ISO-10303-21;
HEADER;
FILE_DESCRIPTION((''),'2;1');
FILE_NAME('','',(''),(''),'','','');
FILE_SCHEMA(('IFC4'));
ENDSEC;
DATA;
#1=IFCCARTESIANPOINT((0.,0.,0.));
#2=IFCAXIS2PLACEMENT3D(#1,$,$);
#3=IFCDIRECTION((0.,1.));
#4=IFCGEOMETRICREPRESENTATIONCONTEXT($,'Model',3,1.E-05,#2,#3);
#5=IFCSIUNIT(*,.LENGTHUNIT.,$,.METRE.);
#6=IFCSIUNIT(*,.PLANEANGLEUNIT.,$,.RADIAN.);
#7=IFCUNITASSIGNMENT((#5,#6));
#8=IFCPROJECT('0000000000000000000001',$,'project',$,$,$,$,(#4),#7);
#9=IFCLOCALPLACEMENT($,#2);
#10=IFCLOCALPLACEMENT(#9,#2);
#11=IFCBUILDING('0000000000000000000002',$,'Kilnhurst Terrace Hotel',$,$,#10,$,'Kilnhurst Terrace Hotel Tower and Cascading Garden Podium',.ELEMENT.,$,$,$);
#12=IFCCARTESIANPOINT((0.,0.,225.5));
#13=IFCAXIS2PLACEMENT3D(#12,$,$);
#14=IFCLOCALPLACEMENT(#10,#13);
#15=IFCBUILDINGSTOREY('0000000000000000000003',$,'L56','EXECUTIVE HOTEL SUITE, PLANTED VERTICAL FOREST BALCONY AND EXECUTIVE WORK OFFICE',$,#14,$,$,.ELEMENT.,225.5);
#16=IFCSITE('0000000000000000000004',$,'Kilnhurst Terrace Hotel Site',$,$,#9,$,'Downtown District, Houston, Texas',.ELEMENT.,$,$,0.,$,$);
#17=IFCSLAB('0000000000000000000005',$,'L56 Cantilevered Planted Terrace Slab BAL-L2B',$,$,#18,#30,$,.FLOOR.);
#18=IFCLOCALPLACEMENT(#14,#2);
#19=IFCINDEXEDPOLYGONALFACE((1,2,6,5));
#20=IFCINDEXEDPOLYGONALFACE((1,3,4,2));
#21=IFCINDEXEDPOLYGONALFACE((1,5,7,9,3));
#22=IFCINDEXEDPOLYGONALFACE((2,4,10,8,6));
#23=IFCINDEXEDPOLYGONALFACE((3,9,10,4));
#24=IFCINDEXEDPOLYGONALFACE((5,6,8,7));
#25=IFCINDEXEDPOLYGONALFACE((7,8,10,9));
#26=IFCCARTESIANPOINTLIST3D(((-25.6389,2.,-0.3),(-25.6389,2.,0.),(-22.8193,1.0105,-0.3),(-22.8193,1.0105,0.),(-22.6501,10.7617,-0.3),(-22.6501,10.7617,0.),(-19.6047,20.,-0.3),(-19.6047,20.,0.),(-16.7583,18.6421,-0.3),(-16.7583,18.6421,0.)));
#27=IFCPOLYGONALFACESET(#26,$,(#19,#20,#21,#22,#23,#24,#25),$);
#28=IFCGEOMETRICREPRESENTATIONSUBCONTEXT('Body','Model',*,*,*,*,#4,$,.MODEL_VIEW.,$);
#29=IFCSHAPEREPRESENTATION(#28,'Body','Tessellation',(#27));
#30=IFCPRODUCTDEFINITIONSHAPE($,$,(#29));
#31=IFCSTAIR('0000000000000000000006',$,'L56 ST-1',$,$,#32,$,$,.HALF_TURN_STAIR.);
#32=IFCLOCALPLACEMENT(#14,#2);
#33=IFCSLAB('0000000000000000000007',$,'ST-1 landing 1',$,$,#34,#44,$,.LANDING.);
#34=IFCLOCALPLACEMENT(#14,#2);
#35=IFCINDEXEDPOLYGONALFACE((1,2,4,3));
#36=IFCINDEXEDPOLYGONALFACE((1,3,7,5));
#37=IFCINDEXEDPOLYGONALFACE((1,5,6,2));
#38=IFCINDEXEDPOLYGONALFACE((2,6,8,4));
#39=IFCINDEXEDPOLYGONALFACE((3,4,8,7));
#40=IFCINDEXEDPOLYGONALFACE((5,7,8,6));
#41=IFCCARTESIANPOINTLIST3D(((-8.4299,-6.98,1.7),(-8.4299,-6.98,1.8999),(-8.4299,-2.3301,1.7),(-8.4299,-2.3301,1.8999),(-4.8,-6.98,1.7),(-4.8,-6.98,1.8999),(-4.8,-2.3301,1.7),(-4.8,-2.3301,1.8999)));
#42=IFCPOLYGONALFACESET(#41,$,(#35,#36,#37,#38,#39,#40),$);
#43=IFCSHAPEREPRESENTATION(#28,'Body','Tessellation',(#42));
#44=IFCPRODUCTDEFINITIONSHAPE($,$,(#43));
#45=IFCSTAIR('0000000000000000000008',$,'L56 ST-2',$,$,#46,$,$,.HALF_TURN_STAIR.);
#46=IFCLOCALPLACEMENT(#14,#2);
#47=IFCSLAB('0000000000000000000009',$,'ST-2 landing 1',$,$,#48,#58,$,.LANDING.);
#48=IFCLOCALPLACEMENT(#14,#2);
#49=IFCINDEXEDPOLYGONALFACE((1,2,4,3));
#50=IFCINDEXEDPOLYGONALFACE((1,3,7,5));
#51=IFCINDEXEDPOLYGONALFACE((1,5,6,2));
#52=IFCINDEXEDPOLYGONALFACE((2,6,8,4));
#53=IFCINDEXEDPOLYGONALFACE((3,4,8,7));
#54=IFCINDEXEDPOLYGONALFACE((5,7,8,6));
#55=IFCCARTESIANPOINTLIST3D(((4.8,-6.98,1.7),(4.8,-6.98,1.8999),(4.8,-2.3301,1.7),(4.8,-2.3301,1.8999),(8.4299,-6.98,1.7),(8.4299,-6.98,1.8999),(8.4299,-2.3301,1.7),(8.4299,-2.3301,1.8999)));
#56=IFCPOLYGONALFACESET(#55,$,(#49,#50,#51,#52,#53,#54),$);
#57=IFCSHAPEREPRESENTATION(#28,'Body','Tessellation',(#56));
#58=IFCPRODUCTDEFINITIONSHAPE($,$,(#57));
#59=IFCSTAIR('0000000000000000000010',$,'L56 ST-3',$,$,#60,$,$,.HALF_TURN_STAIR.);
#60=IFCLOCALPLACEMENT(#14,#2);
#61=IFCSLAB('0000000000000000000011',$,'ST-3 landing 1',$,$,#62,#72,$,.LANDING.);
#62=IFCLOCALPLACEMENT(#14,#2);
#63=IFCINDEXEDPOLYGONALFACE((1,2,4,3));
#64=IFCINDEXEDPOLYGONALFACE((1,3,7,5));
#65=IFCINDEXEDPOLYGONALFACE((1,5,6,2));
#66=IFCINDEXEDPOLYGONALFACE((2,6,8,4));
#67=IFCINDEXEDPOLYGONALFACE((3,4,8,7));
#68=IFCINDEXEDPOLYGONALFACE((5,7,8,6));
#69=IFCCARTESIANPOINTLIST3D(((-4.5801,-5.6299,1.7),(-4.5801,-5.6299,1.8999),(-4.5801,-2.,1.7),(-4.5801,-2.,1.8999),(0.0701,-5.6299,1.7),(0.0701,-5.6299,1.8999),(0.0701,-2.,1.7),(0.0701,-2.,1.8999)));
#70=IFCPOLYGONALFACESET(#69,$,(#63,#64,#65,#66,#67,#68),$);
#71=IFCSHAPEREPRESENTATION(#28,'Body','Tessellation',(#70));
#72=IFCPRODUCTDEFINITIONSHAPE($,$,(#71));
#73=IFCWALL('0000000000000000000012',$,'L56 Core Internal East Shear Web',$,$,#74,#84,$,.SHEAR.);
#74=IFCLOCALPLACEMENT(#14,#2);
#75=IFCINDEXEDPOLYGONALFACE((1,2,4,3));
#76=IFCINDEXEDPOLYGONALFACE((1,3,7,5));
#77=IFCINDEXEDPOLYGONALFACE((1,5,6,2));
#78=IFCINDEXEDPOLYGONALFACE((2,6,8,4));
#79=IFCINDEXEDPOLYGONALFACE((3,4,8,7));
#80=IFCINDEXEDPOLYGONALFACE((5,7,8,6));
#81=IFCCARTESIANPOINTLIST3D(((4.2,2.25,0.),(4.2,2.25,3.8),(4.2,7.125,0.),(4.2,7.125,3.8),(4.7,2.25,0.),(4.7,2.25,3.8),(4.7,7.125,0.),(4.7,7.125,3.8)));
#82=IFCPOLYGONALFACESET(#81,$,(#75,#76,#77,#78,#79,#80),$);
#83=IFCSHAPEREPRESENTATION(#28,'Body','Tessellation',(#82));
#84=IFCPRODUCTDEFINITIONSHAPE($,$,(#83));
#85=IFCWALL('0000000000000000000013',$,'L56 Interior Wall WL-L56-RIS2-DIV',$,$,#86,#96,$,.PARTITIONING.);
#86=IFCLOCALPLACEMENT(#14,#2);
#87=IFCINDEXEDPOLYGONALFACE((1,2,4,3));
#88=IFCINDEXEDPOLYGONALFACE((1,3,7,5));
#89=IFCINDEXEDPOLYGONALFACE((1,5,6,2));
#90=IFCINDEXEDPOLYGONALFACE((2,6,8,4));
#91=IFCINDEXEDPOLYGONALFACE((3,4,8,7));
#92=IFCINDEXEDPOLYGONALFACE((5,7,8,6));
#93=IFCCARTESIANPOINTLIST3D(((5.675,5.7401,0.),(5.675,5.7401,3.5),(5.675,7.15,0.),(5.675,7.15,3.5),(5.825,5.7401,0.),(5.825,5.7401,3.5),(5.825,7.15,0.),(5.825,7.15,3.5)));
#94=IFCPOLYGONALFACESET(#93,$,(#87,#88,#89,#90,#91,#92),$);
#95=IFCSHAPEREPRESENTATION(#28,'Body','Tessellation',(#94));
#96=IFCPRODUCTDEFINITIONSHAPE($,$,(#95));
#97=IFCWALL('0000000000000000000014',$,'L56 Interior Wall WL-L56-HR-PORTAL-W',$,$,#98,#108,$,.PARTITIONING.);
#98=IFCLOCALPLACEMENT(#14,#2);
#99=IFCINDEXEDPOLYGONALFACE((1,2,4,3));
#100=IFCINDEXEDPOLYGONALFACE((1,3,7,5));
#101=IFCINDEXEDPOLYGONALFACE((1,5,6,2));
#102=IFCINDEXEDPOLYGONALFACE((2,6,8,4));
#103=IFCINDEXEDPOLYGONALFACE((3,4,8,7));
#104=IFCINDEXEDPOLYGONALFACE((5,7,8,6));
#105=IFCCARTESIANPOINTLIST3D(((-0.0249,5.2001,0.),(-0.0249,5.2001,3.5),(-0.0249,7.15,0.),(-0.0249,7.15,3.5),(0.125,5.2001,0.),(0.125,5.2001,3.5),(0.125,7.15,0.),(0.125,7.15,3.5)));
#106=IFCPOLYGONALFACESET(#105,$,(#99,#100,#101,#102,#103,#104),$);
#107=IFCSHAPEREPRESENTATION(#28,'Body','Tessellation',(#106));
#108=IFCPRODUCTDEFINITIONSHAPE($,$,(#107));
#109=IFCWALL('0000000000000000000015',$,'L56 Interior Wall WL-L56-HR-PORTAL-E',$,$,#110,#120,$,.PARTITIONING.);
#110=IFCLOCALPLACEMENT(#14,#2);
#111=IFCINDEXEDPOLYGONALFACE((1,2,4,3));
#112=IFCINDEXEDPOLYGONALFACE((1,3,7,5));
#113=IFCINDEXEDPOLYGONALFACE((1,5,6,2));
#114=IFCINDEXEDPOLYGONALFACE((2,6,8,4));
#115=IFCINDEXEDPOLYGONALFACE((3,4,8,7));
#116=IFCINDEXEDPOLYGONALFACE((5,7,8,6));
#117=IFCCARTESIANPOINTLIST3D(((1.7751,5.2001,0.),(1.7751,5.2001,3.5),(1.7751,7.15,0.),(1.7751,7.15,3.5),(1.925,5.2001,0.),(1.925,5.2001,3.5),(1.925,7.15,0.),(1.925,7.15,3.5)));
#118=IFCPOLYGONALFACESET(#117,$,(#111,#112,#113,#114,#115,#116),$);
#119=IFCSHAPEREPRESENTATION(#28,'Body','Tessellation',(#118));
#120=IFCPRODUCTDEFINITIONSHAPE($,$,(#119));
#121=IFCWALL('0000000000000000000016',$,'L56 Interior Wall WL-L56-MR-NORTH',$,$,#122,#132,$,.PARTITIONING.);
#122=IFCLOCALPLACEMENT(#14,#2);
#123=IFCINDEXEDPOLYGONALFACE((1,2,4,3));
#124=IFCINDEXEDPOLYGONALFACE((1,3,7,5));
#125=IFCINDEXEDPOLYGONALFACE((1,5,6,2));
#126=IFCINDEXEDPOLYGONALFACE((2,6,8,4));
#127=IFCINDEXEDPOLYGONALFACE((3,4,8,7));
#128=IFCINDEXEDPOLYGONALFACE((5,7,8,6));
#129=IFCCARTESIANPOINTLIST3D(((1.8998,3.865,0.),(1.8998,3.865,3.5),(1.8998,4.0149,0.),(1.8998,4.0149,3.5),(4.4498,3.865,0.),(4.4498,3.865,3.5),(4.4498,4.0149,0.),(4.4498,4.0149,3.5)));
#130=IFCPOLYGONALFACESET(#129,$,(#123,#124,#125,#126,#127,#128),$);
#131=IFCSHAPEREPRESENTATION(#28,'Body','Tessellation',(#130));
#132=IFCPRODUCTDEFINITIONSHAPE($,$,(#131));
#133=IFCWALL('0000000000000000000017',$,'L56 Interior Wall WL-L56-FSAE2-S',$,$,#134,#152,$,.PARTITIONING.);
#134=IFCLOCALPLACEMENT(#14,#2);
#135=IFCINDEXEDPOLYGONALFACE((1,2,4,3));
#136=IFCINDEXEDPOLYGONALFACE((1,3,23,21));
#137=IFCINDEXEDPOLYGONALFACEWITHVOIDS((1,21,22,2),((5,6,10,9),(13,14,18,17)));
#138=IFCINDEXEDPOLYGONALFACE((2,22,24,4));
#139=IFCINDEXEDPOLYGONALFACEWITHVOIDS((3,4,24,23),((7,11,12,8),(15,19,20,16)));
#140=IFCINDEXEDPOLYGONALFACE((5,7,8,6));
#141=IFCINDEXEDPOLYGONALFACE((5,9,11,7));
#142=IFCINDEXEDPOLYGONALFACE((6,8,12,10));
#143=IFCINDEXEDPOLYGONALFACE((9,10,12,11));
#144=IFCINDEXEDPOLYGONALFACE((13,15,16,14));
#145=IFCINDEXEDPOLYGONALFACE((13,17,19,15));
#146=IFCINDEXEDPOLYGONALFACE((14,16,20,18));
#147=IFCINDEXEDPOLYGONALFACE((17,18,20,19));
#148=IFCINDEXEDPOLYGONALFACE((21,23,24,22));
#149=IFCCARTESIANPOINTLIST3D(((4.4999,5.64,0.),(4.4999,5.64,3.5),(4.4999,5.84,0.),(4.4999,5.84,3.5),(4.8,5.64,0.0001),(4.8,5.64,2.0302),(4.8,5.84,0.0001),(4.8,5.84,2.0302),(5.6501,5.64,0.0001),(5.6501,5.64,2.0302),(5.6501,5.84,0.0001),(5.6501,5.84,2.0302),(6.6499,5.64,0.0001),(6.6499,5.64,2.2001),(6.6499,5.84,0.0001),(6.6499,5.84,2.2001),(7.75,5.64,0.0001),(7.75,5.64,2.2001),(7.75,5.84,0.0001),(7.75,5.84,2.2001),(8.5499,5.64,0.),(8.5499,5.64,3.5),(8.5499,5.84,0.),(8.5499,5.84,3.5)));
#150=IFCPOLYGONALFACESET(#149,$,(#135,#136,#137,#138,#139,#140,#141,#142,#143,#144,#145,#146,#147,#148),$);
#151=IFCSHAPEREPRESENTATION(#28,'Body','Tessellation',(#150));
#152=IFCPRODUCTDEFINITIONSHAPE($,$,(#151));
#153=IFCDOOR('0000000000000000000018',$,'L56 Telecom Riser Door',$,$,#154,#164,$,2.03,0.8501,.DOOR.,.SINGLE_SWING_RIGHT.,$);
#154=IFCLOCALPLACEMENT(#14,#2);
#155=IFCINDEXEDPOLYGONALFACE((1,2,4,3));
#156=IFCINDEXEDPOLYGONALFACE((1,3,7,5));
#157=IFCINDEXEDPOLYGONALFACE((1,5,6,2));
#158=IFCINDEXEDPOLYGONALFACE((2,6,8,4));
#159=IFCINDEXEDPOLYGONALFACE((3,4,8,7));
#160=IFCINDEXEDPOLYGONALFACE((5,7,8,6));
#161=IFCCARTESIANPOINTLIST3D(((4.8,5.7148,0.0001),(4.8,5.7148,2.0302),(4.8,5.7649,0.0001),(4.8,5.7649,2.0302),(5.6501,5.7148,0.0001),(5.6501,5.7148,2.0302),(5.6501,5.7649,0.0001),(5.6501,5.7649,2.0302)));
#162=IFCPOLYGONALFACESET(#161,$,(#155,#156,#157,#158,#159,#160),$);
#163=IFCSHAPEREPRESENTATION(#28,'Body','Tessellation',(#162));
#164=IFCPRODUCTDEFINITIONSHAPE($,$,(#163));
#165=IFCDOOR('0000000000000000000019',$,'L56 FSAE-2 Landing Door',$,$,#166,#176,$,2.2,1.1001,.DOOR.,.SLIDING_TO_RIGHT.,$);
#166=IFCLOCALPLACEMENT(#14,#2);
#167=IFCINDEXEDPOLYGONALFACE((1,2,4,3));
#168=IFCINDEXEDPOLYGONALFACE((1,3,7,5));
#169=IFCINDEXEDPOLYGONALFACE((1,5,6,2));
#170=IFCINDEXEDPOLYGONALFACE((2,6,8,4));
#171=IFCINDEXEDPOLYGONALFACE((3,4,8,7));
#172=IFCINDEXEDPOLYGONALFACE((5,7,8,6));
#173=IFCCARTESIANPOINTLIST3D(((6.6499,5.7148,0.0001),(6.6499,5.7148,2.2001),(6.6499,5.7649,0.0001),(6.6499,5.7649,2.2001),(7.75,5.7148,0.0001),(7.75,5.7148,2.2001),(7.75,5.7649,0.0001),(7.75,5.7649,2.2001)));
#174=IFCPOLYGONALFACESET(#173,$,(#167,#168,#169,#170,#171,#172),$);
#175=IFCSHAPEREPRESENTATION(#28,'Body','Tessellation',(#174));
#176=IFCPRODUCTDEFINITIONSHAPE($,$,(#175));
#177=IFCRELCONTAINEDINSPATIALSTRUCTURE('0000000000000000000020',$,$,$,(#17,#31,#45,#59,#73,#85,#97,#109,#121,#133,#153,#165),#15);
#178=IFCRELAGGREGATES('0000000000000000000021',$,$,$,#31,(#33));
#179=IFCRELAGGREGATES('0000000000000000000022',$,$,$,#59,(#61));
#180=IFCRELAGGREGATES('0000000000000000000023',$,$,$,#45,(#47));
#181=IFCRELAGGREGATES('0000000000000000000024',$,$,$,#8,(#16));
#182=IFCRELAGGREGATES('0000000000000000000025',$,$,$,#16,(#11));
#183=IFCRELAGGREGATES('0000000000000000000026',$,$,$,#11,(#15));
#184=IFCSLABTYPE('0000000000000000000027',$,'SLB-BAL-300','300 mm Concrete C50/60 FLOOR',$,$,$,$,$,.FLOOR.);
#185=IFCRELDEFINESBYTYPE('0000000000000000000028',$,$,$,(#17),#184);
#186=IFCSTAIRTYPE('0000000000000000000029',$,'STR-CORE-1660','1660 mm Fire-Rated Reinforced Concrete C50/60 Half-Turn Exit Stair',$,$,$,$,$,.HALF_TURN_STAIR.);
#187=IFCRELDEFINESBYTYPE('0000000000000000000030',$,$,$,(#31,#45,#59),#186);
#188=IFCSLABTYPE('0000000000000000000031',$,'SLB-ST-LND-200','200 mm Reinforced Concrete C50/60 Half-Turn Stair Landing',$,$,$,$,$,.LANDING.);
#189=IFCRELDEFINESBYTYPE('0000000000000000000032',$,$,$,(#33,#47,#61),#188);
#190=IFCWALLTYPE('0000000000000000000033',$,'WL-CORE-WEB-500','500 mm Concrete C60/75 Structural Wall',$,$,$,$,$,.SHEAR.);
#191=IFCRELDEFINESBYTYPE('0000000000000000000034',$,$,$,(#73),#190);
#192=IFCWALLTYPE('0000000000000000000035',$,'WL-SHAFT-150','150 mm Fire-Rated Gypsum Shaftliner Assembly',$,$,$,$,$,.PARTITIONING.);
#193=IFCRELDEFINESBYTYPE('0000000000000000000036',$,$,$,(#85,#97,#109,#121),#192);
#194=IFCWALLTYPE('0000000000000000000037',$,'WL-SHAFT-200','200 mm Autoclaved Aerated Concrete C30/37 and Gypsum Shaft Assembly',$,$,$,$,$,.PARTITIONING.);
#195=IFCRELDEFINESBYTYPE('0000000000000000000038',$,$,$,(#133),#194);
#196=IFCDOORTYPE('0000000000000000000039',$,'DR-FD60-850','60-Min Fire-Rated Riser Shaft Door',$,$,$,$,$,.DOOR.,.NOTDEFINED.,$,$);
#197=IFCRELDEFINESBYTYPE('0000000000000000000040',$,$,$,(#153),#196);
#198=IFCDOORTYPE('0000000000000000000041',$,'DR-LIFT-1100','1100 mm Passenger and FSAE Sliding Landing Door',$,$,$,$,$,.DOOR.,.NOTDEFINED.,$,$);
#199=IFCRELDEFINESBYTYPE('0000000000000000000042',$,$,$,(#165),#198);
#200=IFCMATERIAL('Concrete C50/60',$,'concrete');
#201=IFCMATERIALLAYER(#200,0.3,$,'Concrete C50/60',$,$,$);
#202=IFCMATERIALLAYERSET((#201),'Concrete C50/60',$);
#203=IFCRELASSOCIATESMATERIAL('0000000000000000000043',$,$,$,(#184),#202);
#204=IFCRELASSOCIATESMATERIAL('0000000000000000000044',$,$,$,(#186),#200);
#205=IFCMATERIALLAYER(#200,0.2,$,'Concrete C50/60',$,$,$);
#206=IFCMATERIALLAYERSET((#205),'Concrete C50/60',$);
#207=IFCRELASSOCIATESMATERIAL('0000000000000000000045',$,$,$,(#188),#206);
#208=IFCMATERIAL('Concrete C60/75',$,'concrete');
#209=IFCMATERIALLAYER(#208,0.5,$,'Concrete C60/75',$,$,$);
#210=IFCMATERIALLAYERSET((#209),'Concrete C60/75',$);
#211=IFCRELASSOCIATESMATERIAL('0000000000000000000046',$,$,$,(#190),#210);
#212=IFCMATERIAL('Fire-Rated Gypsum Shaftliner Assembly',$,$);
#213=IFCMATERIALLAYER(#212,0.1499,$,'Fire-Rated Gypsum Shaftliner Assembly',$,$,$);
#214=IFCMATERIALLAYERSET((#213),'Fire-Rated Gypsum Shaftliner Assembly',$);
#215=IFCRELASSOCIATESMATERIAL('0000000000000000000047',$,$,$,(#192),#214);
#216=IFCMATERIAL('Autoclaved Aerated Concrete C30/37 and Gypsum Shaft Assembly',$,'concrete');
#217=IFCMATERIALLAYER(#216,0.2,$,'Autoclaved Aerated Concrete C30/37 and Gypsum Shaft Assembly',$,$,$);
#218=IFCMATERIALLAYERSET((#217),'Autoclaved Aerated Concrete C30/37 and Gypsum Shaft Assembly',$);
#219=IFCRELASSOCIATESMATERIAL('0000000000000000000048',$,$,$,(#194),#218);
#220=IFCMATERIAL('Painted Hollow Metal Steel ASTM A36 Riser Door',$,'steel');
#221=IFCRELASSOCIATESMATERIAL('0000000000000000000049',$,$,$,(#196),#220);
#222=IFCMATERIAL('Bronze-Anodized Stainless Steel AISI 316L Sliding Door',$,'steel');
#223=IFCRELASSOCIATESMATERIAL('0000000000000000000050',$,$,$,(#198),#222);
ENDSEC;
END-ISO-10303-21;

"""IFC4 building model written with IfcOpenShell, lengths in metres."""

from ifc_helpers import new_model, si_unit, direction, frame, frame_2d, origin, place, context, subcontext, project, spatial, polyline, rectangle, outline, extrude, material, layer, layer_set, type_object, element, fill, aggregate, save


model = new_model("IFC4")

# Units and contexts
model_context = context("Model", 3, precision=1e-05, world=origin(), true_north=direction((0.0, 1.0)))
body_context = subcontext(model_context, "Body", "Model", "MODEL_VIEW")
ifc_project = project(units=[si_unit("LENGTHUNIT", "METRE"), si_unit("PLANEANGLEUNIT", "RADIAN")], contexts=[model_context])

# Site, building, storey
site_placement = place(None, origin())
site = spatial("IfcSite", under=ifc_project, at=site_placement, Name="Kilnhurst Terrace Hotel Site", LongName="Downtown District, Houston, Texas", CompositionType="ELEMENT", RefElevation=0.0)
building_placement = place(site_placement, origin())
building = spatial("IfcBuilding", under=site, at=building_placement, Name="Kilnhurst Terrace Hotel", LongName="Kilnhurst Terrace Hotel Tower and Cascading Garden Podium", CompositionType="ELEMENT")
storey_placement = place(building_placement, frame((0.0, 0.0, 225.5)))
storey = spatial("IfcBuildingStorey", under=building, at=storey_placement, Name="L56", Description="EXECUTIVE HOTEL SUITE, PLANTED VERTICAL FOREST BALCONY AND EXECUTIVE WORK OFFICE", CompositionType="ELEMENT", Elevation=225.5)

# Slab
ifc_material_1 = material(Name="Concrete C50/60", Category="concrete")
ifc_layer_1 = layer(ifc_material_1, 0.3, Name="Concrete C50/60")
ifc_layer_set_1 = layer_set([ifc_layer_1], Name="Concrete C50/60")
slab_type_1 = type_object("IfcSlabType", Name="SLB-BAL-300", Description="300 mm Concrete C50/60 FLOOR", PredefinedType="FLOOR", material=ifc_layer_set_1)
slab_1_placement = place(storey_placement, frame((0.0, 0.0, -0.3)))
element("IfcSlab", 1, at=slab_1_placement, inside=storey, type_object=slab_type_1, Name="L56 Cantilevered Planted Terrace Slab BAL-L2B", PredefinedType="FLOOR", context=body_context, shape_type="SweptSolid", body=[
    extrude(outline(polyline([(-19.6047, 20.0), (-16.7583, 18.6421), (-22.8193, 1.0105), (-25.6389, 2.0), (-22.6501, 10.7617), (-19.6047, 20.0)])), origin(), (0.0, 0.0, 1.0), 0.3),
])

# Stairs, slabs
stair_type = type_object("IfcStairType", Name="STR-CORE-1660", Description="1660 mm Fire-Rated Reinforced Concrete C50/60 Half-Turn Exit Stair", PredefinedType="HALF_TURN_STAIR", material=ifc_material_1)
stair_1_placement = place(storey_placement, origin())
stair_1 = element("IfcStair", 2, at=stair_1_placement, inside=storey, type_object=stair_type, Name="L56 ST-1", PredefinedType="HALF_TURN_STAIR")
ifc_layer_2 = layer(ifc_material_1, 0.2, Name="Concrete C50/60")
ifc_layer_set_2 = layer_set([ifc_layer_2], Name="Concrete C50/60")
slab_type_2 = type_object("IfcSlabType", Name="SLB-ST-LND-200", Description="200 mm Reinforced Concrete C50/60 Half-Turn Stair Landing", PredefinedType="LANDING", material=ifc_layer_set_2)
slab_2_placement = place(storey_placement, frame((0.0, 0.0, 1.7)))
slab_2 = element("IfcSlab", 3, at=slab_2_placement, type_object=slab_type_2, Name="ST-1 landing 1", PredefinedType="LANDING", context=body_context, shape_type="SweptSolid", body=[
    extrude(outline(polyline([(-8.4299, -2.3301), (-4.8, -2.3301), (-4.8, -6.98), (-8.4299, -6.98), (-8.4299, -2.3301)])), origin(), (0.0, 0.0, 1.0), 0.2),
])
aggregate(stair_1, [slab_2])
stair_2_placement = place(storey_placement, origin())
stair_2 = element("IfcStair", 4, at=stair_2_placement, inside=storey, type_object=stair_type, Name="L56 ST-2", PredefinedType="HALF_TURN_STAIR")
slab_3_placement = place(storey_placement, frame((0.0, 0.0, 1.7)))
slab_3 = element("IfcSlab", 5, at=slab_3_placement, type_object=slab_type_2, Name="ST-2 landing 1", PredefinedType="LANDING", context=body_context, shape_type="SweptSolid", body=[
    extrude(outline(polyline([(4.8, -2.3301), (8.4299, -2.3301), (8.4299, -6.98), (4.8, -6.98), (4.8, -2.3301)])), origin(), (0.0, 0.0, 1.0), 0.2),
])
stair_3_placement = place(storey_placement, origin())
stair_3 = element("IfcStair", 6, at=stair_3_placement, inside=storey, type_object=stair_type, Name="L56 ST-3", PredefinedType="HALF_TURN_STAIR")
slab_4_placement = place(storey_placement, frame((0.0, 0.0, 1.7)))
slab_4 = element("IfcSlab", 7, at=slab_4_placement, type_object=slab_type_2, Name="ST-3 landing 1", PredefinedType="LANDING", context=body_context, shape_type="SweptSolid", body=[
    extrude(outline(polyline([(0.0701, -2.0), (0.0701, -5.6299), (-4.5801, -5.6299), (-4.5801, -2.0), (0.0701, -2.0)])), origin(), (0.0, 0.0, 1.0), 0.2),
])
aggregate(stair_3, [slab_4])

# Walls
ifc_material_2 = material(Name="Concrete C60/75", Category="concrete")
ifc_layer_3 = layer(ifc_material_2, 0.5, Name="Concrete C60/75")
ifc_layer_set_3 = layer_set([ifc_layer_3], Name="Concrete C60/75")
wall_type_1 = type_object("IfcWallType", Name="WL-CORE-WEB-500", Description="500 mm Concrete C60/75 Structural Wall", PredefinedType="SHEAR", material=ifc_layer_set_3)
wall_1_placement = place(storey_placement, frame((4.45, 2.25, 0.0), z_axis=(0.0, 0.0, 1.0), x_axis=(0.0, 1.0, 0.0)))
element("IfcWall", 8, at=wall_1_placement, inside=storey, type_object=wall_type_1, Name="L56 Core Internal East Shear Web", PredefinedType="SHEAR", context=body_context, shape_type="SweptSolid", body=[
    extrude(rectangle(XDim=4.875, YDim=0.5, at=frame_2d((2.4375, 0.0))), origin(), (0.0, 0.0, 1.0), 3.8),
])
ifc_material_3 = material(Name="Fire-Rated Gypsum Shaftliner Assembly")
ifc_layer_4 = layer(ifc_material_3, 0.1499, Name="Fire-Rated Gypsum Shaftliner Assembly")
ifc_layer_set_4 = layer_set([ifc_layer_4], Name="Fire-Rated Gypsum Shaftliner Assembly")
wall_type_2 = type_object("IfcWallType", Name="WL-SHAFT-150", Description="150 mm Fire-Rated Gypsum Shaftliner Assembly", PredefinedType="PARTITIONING", material=ifc_layer_set_4)
wall_2_placement = place(storey_placement, frame((5.75, 5.74, 0.0), z_axis=(0.0, 0.0, 1.0), x_axis=(0.0, 1.0, 0.0)))
element("IfcWall", 9, at=wall_2_placement, inside=storey, type_object=wall_type_2, Name="L56 Interior Wall WL-L56-RIS2-DIV", PredefinedType="PARTITIONING", context=body_context, shape_type="SweptSolid", body=[
    extrude(rectangle(XDim=1.4099, YDim=0.1499, at=frame_2d((0.7051, 0.0))), origin(), (0.0, 0.0, 1.0), 3.5),
])
for number, where, z_axis, x_axis, name in (
    (10, (0.05, 5.2, 0.0), (0.0, 0.0, 1.0), (0.0, 1.0, 0.0), "L56 Interior Wall WL-L56-HR-PORTAL-W"),
    (11, (1.8501, 5.2, 0.0), (0.0, 0.0, 1.0), (0.0, 1.0, 0.0), "L56 Interior Wall WL-L56-HR-PORTAL-E"),
):
    element("IfcWall", number, at=place(storey_placement, frame(where, z_axis=z_axis, x_axis=x_axis)), inside=storey, type_object=wall_type_2, Name=name, PredefinedType="PARTITIONING", context=body_context, shape_type="SweptSolid", body=[
        extrude(rectangle(XDim=1.95, YDim=0.1499, at=frame_2d((0.9751, 0.0))), origin(), (0.0, 0.0, 1.0), 3.5),
    ])
wall_3_placement = place(storey_placement, frame((1.8999, 3.9399, 0.0), z_axis=(0.0, 0.0, 1.0), x_axis=(1.0, 0.0, 0.0)))
element("IfcWall", 12, at=wall_3_placement, inside=storey, type_object=wall_type_2, Name="L56 Interior Wall WL-L56-MR-NORTH", PredefinedType="PARTITIONING", context=body_context, shape_type="SweptSolid", body=[
    extrude(rectangle(XDim=2.55, YDim=0.1499, at=frame_2d((1.2749, 0.0))), origin(), (0.0, 0.0, 1.0), 3.5),
])

# Wall, openings, doors
ifc_material_4 = material(Name="Autoclaved Aerated Concrete C30/37 and Gypsum Shaft Assembly", Category="concrete")
ifc_layer_5 = layer(ifc_material_4, 0.2, Name="Autoclaved Aerated Concrete C30/37 and Gypsum Shaft Assembly")
ifc_layer_set_5 = layer_set([ifc_layer_5], Name="Autoclaved Aerated Concrete C30/37 and Gypsum Shaft Assembly")
wall_type_3 = type_object("IfcWallType", Name="WL-SHAFT-200", Description="200 mm Autoclaved Aerated Concrete C30/37 and Gypsum Shaft Assembly", PredefinedType="PARTITIONING", material=ifc_layer_set_5)
wall_4_placement = place(storey_placement, frame((4.5, 5.74, 0.0), z_axis=(0.0, 0.0, 1.0), x_axis=(1.0, 0.0, 0.0)))
wall_4 = element("IfcWall", 13, at=wall_4_placement, inside=storey, type_object=wall_type_3, Name="L56 Interior Wall WL-L56-FSAE2-S", PredefinedType="PARTITIONING", context=body_context, shape_type="SweptSolid", body=[
    extrude(rectangle(XDim=4.05, YDim=0.2, at=frame_2d((2.0249, 0.0))), origin(), (0.0, 0.0, 1.0), 3.5),
])
opening_1_placement = place(wall_4_placement, frame((0.3, 0.0, 0.0)))
opening_1 = element("IfcOpeningElement", 14, at=opening_1_placement, cuts=wall_4, PredefinedType="OPENING", context=body_context, shape_type="SweptSolid", body=[
    extrude(rectangle(XDim=0.8501, YDim=2.03, at=frame_2d((0.425, 1.0151))), frame((0.0, 0.1099, 0.0), z_axis=(0.0, -1.0, 0.0), x_axis=(1.0, 0.0, 0.0)), (0.0, 0.0, 1.0), 0.22),
])
opening_2_placement = place(wall_4_placement, frame((2.1499, 0.0, 0.0)))
opening_2 = element("IfcOpeningElement", 15, at=opening_2_placement, cuts=wall_4, PredefinedType="OPENING", context=body_context, shape_type="SweptSolid", body=[
    extrude(rectangle(XDim=1.1001, YDim=2.2, at=frame_2d((0.55, 1.1001))), frame((0.0, 0.1099, 0.0), z_axis=(0.0, -1.0, 0.0), x_axis=(1.0, 0.0, 0.0)), (0.0, 0.0, 1.0), 0.22),
])
ifc_material_5 = material(Name="Painted Hollow Metal Steel ASTM A36 Riser Door", Category="steel")
door_type_1 = type_object("IfcDoorType", Name="DR-FD60-850", Description="60-Min Fire-Rated Riser Shaft Door", OperationType="NOTDEFINED", PredefinedType="DOOR", material=ifc_material_5)
door_1_placement = place(opening_1_placement, origin())
door_1 = element("IfcDoor", 16, at=door_1_placement, inside=storey, type_object=door_type_1, Name="L56 Telecom Riser Door", OperationType="SINGLE_SWING_RIGHT", OverallHeight=2.03, OverallWidth=0.8501, PredefinedType="DOOR", context=body_context, shape_type="SweptSolid", body=[
    extrude(rectangle(XDim=0.8501, YDim=2.03, at=frame_2d((0.425, 1.0151))), frame((0.0, 0.0249, 0.0), z_axis=(0.0, -1.0, 0.0), x_axis=(1.0, 0.0, 0.0)), (0.0, 0.0, 1.0), 0.05),
])
fill(opening_1, door_1)
ifc_material_6 = material(Name="Bronze-Anodized Stainless Steel AISI 316L Sliding Door", Category="steel")
door_type_2 = type_object("IfcDoorType", Name="DR-LIFT-1100", Description="1100 mm Passenger and FSAE Sliding Landing Door", OperationType="NOTDEFINED", PredefinedType="DOOR", material=ifc_material_6)
door_2_placement = place(opening_2_placement, origin())
door_2 = element("IfcDoor", 17, at=door_2_placement, inside=storey, type_object=door_type_2, Name="L56 FSAE-2 Landing Door", OperationType="SLIDING_TO_RIGHT", OverallHeight=2.2, OverallWidth=1.1001, PredefinedType="DOOR", context=body_context, shape_type="SweptSolid", body=[
    extrude(rectangle(XDim=1.1001, YDim=2.2, at=frame_2d((0.55, 1.1001))), frame((0.0, 0.0249, 0.0), z_axis=(0.0, -1.0, 0.0), x_axis=(1.0, 0.0, 0.0)), (0.0, 0.0, 1.0), 0.05),
])
fill(opening_2, door_2)

aggregate(stair_2, [slab_3])

save(model, "model.ifc")
